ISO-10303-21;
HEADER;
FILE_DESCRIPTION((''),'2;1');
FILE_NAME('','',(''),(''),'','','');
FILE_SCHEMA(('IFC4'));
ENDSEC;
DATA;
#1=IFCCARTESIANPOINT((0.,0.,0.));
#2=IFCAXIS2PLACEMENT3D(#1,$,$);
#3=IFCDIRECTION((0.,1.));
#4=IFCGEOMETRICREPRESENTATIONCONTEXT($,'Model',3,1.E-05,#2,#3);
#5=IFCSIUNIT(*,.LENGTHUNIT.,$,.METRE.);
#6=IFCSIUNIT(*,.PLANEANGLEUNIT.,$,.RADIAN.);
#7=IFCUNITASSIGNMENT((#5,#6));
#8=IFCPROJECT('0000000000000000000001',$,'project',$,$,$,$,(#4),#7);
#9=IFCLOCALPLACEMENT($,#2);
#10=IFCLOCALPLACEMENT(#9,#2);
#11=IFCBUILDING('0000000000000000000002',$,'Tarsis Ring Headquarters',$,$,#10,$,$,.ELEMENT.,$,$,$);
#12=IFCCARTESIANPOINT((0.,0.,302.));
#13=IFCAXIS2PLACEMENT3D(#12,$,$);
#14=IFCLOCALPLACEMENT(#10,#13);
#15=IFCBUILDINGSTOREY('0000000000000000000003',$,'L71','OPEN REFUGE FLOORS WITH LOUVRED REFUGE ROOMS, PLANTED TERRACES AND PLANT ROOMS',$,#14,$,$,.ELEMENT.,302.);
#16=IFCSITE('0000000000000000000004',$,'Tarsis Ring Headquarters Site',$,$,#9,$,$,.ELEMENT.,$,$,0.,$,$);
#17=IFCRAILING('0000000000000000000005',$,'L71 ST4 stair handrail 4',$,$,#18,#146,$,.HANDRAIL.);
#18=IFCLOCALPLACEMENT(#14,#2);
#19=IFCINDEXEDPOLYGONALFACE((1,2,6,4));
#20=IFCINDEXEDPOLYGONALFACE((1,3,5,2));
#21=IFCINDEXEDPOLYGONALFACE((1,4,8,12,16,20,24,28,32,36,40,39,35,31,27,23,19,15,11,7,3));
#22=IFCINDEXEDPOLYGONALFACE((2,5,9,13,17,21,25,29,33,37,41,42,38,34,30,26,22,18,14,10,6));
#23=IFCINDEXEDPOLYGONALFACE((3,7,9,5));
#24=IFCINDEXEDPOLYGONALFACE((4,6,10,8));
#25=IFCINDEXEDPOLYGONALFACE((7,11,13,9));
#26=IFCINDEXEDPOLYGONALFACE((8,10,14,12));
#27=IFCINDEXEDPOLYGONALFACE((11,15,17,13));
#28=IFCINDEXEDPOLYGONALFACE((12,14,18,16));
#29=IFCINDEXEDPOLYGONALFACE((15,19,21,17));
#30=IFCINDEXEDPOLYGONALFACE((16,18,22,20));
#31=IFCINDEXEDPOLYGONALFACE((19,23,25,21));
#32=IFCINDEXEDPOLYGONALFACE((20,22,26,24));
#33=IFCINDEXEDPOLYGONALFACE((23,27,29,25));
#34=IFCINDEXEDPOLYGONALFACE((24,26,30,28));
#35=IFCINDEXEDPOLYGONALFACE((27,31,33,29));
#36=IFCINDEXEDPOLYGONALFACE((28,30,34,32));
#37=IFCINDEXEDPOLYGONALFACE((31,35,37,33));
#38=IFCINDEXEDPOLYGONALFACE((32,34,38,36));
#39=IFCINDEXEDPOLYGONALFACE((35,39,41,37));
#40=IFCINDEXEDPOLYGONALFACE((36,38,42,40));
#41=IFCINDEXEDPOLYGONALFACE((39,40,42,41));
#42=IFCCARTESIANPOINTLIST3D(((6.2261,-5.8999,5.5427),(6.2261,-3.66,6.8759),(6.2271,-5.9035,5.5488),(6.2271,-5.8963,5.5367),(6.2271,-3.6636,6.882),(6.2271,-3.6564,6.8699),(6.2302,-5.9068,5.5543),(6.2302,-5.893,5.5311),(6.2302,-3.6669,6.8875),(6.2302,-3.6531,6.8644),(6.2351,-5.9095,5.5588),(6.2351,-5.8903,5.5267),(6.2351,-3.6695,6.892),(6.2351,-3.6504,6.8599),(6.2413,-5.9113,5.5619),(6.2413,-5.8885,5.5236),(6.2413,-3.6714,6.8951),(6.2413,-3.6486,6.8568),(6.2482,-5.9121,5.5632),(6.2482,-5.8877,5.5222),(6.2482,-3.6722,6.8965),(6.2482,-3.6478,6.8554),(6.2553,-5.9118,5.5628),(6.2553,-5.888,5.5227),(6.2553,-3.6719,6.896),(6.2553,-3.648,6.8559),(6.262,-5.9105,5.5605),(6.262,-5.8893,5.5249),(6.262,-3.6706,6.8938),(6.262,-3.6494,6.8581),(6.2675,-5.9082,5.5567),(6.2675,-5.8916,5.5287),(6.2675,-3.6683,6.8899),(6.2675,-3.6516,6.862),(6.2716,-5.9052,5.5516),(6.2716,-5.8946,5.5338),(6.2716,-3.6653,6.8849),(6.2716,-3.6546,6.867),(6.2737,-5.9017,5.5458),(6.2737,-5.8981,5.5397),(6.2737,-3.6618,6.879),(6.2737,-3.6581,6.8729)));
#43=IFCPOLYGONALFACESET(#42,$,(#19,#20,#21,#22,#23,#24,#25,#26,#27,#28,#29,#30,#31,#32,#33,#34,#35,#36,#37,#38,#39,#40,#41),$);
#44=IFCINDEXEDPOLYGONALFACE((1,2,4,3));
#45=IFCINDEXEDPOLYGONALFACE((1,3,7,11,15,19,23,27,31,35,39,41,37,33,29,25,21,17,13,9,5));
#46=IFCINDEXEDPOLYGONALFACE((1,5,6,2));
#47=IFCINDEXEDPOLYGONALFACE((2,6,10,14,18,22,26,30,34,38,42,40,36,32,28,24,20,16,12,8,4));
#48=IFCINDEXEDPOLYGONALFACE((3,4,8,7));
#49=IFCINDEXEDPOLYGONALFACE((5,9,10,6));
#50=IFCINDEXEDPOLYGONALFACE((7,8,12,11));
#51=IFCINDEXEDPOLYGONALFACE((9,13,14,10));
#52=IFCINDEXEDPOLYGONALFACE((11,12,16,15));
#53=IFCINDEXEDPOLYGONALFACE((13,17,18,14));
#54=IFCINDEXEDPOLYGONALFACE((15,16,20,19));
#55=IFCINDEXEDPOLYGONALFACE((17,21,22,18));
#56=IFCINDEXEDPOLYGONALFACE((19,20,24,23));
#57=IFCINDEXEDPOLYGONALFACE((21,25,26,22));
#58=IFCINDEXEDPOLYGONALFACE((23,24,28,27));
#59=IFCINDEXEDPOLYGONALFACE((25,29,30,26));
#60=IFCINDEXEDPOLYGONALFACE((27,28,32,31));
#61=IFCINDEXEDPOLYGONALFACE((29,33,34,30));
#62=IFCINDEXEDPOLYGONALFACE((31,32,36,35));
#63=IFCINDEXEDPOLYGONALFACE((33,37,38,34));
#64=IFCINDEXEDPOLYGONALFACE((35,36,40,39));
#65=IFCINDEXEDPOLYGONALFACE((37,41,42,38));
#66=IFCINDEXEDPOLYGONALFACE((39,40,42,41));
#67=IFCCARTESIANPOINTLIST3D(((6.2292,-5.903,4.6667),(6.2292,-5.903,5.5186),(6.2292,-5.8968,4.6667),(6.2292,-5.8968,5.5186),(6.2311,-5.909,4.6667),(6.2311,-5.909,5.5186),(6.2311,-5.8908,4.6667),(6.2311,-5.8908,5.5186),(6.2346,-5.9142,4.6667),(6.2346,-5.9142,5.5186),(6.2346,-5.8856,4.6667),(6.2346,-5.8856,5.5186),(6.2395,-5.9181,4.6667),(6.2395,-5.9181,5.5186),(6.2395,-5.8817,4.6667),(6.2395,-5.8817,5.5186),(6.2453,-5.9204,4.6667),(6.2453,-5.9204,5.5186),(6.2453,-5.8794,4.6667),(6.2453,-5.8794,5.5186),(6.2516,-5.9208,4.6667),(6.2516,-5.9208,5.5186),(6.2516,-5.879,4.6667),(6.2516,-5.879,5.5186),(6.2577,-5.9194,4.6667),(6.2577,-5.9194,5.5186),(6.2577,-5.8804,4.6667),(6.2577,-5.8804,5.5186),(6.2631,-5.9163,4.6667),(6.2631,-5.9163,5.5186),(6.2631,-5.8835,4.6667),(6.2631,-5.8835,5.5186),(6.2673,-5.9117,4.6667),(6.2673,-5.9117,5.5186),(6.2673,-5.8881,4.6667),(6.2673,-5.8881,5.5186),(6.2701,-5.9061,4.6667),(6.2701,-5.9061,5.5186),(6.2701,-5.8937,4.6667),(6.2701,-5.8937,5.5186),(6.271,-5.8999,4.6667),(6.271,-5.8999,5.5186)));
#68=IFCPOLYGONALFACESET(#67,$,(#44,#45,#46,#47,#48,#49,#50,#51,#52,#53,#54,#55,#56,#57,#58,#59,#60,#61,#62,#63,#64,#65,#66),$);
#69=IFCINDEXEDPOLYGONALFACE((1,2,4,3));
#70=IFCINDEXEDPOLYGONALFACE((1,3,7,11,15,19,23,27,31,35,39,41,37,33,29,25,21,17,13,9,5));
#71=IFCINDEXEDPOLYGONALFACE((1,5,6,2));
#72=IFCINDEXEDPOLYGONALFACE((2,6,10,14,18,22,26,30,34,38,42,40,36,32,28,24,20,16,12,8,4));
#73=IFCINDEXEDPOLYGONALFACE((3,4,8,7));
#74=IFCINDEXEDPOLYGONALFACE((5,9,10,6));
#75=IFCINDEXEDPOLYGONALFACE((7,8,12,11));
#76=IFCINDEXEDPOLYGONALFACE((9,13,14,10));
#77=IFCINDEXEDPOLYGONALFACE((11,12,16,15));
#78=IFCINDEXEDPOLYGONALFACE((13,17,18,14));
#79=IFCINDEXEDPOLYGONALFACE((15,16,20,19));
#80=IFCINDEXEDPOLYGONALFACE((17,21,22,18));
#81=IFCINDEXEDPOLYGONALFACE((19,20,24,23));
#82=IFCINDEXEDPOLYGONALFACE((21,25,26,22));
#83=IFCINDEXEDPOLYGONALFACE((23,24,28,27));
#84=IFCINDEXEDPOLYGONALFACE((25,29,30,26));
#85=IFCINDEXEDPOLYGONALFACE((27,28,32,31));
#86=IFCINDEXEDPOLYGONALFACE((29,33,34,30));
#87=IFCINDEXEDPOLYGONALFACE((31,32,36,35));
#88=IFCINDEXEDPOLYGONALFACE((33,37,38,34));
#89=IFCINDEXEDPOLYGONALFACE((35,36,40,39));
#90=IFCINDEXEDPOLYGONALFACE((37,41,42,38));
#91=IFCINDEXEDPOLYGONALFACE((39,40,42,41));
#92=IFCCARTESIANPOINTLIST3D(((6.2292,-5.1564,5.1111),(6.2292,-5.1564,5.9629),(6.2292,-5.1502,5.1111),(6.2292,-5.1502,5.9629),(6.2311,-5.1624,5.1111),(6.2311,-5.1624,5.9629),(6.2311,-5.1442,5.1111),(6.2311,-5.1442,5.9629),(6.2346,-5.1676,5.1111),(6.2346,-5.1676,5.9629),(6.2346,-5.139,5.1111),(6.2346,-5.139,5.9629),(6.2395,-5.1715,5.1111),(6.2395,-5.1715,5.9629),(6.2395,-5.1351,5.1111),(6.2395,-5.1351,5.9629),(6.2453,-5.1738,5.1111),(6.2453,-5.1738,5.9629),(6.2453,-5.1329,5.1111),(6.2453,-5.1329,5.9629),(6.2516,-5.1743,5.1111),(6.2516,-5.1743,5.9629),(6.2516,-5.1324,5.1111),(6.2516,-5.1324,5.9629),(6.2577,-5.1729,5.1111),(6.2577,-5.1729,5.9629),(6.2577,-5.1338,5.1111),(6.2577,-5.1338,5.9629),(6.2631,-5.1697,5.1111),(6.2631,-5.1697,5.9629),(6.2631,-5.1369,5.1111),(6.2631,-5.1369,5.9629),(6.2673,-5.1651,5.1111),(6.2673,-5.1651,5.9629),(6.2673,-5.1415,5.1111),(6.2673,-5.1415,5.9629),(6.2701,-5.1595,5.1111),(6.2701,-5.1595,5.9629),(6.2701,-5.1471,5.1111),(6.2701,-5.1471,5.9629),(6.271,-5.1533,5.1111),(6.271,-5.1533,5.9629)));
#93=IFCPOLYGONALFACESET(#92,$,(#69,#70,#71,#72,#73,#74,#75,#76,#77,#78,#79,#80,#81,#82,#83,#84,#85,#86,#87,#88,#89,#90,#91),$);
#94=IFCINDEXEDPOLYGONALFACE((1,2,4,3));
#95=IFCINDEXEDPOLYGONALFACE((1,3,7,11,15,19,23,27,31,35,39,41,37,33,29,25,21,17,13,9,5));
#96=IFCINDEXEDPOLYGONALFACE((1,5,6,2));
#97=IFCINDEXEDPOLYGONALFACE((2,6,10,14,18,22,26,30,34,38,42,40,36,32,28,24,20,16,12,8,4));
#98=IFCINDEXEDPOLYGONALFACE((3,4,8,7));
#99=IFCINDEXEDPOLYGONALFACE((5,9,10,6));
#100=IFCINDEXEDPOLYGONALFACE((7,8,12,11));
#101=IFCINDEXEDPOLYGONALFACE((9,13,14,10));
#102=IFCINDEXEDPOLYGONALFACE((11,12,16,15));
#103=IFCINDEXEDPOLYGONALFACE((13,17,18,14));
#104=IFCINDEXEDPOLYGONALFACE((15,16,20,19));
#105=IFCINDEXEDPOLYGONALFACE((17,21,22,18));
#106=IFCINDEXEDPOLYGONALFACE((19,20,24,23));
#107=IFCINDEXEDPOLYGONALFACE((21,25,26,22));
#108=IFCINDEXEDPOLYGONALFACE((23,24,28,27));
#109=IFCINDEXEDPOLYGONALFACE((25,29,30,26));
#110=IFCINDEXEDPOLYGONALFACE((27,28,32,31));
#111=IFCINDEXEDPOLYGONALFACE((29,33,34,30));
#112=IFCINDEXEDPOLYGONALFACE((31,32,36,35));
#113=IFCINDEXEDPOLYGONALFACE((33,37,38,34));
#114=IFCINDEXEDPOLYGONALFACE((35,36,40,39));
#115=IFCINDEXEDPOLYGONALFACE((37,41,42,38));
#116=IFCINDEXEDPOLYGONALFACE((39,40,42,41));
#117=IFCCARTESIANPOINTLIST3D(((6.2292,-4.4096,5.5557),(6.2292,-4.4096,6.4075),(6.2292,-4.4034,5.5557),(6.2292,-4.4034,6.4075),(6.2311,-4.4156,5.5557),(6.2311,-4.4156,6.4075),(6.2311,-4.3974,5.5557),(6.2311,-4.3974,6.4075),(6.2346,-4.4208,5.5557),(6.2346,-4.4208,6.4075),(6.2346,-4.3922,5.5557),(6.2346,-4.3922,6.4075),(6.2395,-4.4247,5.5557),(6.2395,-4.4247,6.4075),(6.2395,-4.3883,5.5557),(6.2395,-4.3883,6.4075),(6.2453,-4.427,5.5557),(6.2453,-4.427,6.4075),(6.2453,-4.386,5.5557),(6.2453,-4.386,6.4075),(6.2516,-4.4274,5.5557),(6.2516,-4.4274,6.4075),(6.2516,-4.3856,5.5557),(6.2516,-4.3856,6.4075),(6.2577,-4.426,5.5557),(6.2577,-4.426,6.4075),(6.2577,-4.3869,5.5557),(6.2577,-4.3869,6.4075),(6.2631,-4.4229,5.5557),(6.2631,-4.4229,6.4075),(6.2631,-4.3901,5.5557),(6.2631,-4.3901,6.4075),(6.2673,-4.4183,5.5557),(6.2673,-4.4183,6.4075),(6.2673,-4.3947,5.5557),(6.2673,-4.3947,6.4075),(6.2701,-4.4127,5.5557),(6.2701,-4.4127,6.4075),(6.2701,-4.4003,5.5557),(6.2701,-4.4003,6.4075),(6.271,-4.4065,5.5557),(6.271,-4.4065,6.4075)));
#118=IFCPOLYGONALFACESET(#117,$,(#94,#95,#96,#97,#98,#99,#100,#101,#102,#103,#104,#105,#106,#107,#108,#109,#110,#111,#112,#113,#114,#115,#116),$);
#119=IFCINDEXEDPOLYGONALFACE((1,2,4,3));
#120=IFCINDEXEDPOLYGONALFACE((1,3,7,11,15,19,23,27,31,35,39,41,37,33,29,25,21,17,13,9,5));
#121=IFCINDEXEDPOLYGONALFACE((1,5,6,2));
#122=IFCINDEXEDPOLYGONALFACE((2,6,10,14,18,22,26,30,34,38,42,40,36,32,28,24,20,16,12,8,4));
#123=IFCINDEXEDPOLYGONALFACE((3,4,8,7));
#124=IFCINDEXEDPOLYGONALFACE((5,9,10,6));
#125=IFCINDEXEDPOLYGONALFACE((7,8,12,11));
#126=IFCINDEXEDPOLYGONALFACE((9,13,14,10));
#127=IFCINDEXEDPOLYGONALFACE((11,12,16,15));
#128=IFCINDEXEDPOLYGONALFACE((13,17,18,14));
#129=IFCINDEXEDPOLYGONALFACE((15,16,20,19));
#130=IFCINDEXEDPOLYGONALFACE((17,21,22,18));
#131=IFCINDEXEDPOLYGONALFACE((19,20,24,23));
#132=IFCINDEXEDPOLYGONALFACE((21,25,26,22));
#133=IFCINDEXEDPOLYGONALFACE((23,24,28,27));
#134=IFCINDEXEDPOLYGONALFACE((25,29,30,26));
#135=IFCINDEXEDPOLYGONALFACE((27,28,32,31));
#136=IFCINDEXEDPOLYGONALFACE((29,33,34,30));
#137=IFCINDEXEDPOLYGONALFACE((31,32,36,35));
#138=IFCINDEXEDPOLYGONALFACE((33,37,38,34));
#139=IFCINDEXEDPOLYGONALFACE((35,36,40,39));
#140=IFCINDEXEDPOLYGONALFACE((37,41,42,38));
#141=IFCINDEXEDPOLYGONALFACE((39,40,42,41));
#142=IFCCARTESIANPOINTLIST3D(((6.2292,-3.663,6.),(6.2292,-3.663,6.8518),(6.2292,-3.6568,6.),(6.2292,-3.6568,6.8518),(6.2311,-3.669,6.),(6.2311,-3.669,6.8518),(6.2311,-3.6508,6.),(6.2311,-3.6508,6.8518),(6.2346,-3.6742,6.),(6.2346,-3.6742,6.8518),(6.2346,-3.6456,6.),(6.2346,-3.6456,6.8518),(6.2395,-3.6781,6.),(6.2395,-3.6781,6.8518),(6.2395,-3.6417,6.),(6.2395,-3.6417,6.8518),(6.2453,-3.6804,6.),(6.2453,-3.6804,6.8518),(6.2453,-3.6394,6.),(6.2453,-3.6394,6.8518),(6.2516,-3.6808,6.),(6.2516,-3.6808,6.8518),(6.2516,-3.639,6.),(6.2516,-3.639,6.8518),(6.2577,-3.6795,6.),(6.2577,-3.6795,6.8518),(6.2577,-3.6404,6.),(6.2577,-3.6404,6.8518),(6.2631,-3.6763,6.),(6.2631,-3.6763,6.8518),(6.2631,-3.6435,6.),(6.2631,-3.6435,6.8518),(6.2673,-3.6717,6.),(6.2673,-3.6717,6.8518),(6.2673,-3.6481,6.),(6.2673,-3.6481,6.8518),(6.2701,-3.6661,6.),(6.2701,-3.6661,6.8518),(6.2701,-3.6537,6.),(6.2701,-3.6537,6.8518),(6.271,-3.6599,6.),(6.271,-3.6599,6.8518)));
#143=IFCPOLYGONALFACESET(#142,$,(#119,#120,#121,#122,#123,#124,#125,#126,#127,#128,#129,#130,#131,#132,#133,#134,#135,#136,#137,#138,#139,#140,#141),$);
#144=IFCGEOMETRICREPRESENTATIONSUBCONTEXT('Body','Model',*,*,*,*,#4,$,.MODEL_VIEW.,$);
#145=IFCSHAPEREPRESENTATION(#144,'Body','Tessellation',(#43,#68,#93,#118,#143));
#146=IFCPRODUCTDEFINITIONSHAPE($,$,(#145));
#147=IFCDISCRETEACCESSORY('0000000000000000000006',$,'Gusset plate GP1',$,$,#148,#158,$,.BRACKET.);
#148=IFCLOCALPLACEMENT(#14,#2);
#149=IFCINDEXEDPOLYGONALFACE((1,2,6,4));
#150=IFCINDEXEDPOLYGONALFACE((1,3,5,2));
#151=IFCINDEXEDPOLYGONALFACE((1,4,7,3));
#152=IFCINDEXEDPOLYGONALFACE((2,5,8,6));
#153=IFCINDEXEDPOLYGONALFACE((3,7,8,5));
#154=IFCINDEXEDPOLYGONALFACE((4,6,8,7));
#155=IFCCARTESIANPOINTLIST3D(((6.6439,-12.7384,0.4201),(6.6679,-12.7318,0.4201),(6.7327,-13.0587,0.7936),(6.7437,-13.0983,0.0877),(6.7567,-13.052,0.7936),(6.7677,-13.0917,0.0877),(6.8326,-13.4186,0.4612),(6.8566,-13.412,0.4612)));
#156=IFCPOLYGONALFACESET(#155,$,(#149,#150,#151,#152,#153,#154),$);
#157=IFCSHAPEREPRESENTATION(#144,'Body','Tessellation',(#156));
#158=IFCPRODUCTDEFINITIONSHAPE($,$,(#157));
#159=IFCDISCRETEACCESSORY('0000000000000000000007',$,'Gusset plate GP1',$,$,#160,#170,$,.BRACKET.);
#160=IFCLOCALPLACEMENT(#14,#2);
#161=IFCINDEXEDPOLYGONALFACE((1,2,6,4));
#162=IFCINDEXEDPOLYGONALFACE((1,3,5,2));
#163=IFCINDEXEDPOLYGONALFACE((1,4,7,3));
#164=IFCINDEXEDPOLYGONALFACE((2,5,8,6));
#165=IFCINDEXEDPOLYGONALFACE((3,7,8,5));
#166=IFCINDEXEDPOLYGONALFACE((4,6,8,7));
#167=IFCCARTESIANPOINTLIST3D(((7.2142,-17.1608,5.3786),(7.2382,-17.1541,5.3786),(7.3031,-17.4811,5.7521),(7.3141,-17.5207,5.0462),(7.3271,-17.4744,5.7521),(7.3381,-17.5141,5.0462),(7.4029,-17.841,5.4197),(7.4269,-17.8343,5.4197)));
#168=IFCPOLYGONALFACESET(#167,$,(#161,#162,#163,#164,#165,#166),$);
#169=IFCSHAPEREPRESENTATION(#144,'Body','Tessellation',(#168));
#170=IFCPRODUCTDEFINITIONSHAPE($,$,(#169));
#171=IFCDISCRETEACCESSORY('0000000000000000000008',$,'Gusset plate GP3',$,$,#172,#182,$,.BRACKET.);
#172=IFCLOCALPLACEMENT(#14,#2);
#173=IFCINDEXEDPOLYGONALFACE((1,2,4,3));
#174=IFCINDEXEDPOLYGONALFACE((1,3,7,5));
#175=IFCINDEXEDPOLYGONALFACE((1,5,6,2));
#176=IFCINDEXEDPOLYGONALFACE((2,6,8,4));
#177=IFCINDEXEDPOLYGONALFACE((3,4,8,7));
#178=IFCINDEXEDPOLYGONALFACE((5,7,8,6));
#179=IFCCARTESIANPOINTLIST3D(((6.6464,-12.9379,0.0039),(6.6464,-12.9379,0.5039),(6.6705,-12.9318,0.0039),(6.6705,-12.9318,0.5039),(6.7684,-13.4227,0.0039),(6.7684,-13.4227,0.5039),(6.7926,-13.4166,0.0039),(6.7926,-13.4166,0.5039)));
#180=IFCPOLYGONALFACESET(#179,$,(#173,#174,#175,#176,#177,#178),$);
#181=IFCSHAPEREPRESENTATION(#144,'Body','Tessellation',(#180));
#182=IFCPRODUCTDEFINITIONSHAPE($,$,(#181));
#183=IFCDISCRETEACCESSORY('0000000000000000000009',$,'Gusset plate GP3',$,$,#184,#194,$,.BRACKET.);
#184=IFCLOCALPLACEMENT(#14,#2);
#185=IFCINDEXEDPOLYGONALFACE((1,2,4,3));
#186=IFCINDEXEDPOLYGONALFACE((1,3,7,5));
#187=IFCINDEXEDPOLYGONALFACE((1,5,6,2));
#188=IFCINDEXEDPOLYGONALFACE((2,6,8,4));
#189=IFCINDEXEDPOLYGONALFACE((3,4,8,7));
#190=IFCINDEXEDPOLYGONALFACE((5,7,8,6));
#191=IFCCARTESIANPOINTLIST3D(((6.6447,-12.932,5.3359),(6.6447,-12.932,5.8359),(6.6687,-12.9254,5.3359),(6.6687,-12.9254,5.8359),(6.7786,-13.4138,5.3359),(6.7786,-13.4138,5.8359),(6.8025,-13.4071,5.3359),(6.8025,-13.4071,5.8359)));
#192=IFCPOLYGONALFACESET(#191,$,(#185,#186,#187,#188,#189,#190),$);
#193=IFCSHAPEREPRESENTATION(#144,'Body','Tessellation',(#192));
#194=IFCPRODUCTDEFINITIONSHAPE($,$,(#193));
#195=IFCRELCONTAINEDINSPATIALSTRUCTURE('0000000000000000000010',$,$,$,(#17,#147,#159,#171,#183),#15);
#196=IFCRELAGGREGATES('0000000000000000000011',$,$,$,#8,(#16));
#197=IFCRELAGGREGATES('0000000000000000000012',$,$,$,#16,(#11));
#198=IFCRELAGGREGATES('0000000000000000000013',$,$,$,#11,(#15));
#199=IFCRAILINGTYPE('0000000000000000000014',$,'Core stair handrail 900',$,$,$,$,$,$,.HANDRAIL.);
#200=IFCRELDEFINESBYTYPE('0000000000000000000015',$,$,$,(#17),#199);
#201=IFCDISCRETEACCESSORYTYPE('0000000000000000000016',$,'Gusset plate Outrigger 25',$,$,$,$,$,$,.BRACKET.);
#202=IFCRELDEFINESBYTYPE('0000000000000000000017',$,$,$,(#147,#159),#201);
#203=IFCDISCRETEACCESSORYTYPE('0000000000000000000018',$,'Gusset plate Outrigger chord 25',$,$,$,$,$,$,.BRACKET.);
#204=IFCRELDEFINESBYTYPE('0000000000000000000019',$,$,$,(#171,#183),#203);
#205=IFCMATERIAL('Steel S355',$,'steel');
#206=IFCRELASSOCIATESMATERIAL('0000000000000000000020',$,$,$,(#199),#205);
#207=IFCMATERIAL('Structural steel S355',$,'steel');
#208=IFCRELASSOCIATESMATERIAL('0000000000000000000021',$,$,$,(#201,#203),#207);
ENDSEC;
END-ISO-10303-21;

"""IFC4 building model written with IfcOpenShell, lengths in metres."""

from ifc_helpers import new_model, si_unit, direction, frame, origin, origin_2d, place, context, subcontext, project, spatial, rectangle, circle, extrude, material, material_profile, profile_set, type_object, element, save


model = new_model("IFC4")

# Units and contexts
model_context = context("Model", 3, precision=1e-05, world=origin(), true_north=direction((0.0, 1.0)))
body_context = subcontext(model_context, "Body", "Model", "MODEL_VIEW")
ifc_project = project(units=[si_unit("LENGTHUNIT", "METRE"), si_unit("PLANEANGLEUNIT", "RADIAN")], contexts=[model_context])

# Site, building, storey
site_placement = place(None, origin())
site = spatial("IfcSite", under=ifc_project, at=site_placement, Name="Tarsis Ring Headquarters Site", CompositionType="ELEMENT", RefElevation=0.0)
building_placement = place(site_placement, origin())
building = spatial("IfcBuilding", under=site, at=building_placement, Name="Tarsis Ring Headquarters", CompositionType="ELEMENT")
storey_placement = place(building_placement, frame((0.0, 0.0, 302.0)))
storey = spatial("IfcBuildingStorey", under=building, at=storey_placement, Name="L71", Description="OPEN REFUGE FLOORS WITH LOUVRED REFUGE ROOMS, PLANTED TERRACES AND PLANT ROOMS", CompositionType="ELEMENT", Elevation=302.0)

# Shared definitions
ifc_material_1 = material(Name="Structural steel S355", Category="steel")

# Railing
ifc_material_2 = material(Name="Steel S355", Category="steel")
railing_type_1 = type_object("IfcRailingType", Name="Core stair handrail 900", PredefinedType="HANDRAIL", material=ifc_material_2)
railing_1_placement = place(storey_placement, frame((6.25, -5.8999, 4.6667)))
element("IfcRailing", 1, at=railing_1_placement, inside=storey, type_object=railing_type_1, Name="L71 ST4 stair handrail 4", PredefinedType="HANDRAIL", context=body_context, shape_type="SweptSolid", body=[
    extrude(circle(Radius=0.0239, at=origin_2d()), frame((0.0, 0.0, 0.876), z_axis=(0.0, 0.859306, 0.511462), x_axis=(-1.0, 0.0, 0.0)), (0.0, 0.0, 1.0), 2.6067),
    extrude(circle(Radius=0.021, at=origin_2d()), origin(), (0.0, 0.0, 1.0), 0.8518),
    extrude(circle(Radius=0.021, at=origin_2d()), frame((0.0, 0.7466, 0.4443)), (0.0, 0.0, 1.0), 0.8518),
    extrude(circle(Radius=0.021, at=origin_2d()), frame((0.0, 1.4934, 0.8889)), (0.0, 0.0, 1.0), 0.8518),
    extrude(circle(Radius=0.021, at=origin_2d()), frame((0.0, 2.24, 1.3333)), (0.0, 0.0, 1.0), 0.8518),
])

# Discrete accessories
ifc_material_profile_1 = material_profile(ifc_material_1, rectangle(XDim=0.0249, YDim=0.5, at=origin_2d()), Name="PL 25x500")
ifc_profile_set_1 = profile_set([ifc_material_profile_1], Name="Structural steel S355")
discrete_accessory_type_1 = type_object("IfcDiscreteAccessoryType", Name="Gusset plate Outrigger 25", PredefinedType="BRACKET", material=ifc_profile_set_1)
for number, where, z_axis, x_axis, name in (
    (2, (6.7058, -12.915, 0.2539), (0.177725, -0.640592, 0.747031), (0.963602, 0.267341, 0.0), "Gusset plate GP1"),
    (3, (7.365, -17.6577, 5.5859), (-0.177725, 0.640592, -0.747031), (-0.963602, -0.267341, 0.0), "Gusset plate GP1"),
):
    element("IfcDiscreteAccessory", number, at=place(storey_placement, frame(where, z_axis=z_axis, x_axis=x_axis)), inside=storey, type_object=discrete_accessory_type_1, Name=name, PredefinedType="BRACKET", context=body_context, shape_type="SweptSolid", body=[
        extrude(rectangle(XDim=0.0249, YDim=0.5, at=origin_2d()), origin(), (0.0, 0.0, 1.0), 0.5),
    ])
discrete_accessory_type_2 = type_object("IfcDiscreteAccessoryType", Name="Gusset plate Outrigger chord 25", PredefinedType="BRACKET", material=ifc_profile_set_1)
for number, where, z_axis, x_axis, name in (
    (4, (6.6584, -12.9348, 0.2539), (0.244144, -0.969739, 0.0), (0.969739, 0.244144, 0.0), "Gusset plate GP3"),
    (5, (6.6567, -12.9287, 5.5859), (0.267619, -0.963525, 0.0), (0.963525, 0.267619, 0.0), "Gusset plate GP3"),
):
    element("IfcDiscreteAccessory", number, at=place(storey_placement, frame(where, z_axis=z_axis, x_axis=x_axis)), inside=storey, type_object=discrete_accessory_type_2, Name=name, PredefinedType="BRACKET", context=body_context, shape_type="SweptSolid", body=[
        extrude(rectangle(XDim=0.0249, YDim=0.5, at=origin_2d()), origin(), (0.0, 0.0, 1.0), 0.5),
    ])

save(model, "model.ifc")
